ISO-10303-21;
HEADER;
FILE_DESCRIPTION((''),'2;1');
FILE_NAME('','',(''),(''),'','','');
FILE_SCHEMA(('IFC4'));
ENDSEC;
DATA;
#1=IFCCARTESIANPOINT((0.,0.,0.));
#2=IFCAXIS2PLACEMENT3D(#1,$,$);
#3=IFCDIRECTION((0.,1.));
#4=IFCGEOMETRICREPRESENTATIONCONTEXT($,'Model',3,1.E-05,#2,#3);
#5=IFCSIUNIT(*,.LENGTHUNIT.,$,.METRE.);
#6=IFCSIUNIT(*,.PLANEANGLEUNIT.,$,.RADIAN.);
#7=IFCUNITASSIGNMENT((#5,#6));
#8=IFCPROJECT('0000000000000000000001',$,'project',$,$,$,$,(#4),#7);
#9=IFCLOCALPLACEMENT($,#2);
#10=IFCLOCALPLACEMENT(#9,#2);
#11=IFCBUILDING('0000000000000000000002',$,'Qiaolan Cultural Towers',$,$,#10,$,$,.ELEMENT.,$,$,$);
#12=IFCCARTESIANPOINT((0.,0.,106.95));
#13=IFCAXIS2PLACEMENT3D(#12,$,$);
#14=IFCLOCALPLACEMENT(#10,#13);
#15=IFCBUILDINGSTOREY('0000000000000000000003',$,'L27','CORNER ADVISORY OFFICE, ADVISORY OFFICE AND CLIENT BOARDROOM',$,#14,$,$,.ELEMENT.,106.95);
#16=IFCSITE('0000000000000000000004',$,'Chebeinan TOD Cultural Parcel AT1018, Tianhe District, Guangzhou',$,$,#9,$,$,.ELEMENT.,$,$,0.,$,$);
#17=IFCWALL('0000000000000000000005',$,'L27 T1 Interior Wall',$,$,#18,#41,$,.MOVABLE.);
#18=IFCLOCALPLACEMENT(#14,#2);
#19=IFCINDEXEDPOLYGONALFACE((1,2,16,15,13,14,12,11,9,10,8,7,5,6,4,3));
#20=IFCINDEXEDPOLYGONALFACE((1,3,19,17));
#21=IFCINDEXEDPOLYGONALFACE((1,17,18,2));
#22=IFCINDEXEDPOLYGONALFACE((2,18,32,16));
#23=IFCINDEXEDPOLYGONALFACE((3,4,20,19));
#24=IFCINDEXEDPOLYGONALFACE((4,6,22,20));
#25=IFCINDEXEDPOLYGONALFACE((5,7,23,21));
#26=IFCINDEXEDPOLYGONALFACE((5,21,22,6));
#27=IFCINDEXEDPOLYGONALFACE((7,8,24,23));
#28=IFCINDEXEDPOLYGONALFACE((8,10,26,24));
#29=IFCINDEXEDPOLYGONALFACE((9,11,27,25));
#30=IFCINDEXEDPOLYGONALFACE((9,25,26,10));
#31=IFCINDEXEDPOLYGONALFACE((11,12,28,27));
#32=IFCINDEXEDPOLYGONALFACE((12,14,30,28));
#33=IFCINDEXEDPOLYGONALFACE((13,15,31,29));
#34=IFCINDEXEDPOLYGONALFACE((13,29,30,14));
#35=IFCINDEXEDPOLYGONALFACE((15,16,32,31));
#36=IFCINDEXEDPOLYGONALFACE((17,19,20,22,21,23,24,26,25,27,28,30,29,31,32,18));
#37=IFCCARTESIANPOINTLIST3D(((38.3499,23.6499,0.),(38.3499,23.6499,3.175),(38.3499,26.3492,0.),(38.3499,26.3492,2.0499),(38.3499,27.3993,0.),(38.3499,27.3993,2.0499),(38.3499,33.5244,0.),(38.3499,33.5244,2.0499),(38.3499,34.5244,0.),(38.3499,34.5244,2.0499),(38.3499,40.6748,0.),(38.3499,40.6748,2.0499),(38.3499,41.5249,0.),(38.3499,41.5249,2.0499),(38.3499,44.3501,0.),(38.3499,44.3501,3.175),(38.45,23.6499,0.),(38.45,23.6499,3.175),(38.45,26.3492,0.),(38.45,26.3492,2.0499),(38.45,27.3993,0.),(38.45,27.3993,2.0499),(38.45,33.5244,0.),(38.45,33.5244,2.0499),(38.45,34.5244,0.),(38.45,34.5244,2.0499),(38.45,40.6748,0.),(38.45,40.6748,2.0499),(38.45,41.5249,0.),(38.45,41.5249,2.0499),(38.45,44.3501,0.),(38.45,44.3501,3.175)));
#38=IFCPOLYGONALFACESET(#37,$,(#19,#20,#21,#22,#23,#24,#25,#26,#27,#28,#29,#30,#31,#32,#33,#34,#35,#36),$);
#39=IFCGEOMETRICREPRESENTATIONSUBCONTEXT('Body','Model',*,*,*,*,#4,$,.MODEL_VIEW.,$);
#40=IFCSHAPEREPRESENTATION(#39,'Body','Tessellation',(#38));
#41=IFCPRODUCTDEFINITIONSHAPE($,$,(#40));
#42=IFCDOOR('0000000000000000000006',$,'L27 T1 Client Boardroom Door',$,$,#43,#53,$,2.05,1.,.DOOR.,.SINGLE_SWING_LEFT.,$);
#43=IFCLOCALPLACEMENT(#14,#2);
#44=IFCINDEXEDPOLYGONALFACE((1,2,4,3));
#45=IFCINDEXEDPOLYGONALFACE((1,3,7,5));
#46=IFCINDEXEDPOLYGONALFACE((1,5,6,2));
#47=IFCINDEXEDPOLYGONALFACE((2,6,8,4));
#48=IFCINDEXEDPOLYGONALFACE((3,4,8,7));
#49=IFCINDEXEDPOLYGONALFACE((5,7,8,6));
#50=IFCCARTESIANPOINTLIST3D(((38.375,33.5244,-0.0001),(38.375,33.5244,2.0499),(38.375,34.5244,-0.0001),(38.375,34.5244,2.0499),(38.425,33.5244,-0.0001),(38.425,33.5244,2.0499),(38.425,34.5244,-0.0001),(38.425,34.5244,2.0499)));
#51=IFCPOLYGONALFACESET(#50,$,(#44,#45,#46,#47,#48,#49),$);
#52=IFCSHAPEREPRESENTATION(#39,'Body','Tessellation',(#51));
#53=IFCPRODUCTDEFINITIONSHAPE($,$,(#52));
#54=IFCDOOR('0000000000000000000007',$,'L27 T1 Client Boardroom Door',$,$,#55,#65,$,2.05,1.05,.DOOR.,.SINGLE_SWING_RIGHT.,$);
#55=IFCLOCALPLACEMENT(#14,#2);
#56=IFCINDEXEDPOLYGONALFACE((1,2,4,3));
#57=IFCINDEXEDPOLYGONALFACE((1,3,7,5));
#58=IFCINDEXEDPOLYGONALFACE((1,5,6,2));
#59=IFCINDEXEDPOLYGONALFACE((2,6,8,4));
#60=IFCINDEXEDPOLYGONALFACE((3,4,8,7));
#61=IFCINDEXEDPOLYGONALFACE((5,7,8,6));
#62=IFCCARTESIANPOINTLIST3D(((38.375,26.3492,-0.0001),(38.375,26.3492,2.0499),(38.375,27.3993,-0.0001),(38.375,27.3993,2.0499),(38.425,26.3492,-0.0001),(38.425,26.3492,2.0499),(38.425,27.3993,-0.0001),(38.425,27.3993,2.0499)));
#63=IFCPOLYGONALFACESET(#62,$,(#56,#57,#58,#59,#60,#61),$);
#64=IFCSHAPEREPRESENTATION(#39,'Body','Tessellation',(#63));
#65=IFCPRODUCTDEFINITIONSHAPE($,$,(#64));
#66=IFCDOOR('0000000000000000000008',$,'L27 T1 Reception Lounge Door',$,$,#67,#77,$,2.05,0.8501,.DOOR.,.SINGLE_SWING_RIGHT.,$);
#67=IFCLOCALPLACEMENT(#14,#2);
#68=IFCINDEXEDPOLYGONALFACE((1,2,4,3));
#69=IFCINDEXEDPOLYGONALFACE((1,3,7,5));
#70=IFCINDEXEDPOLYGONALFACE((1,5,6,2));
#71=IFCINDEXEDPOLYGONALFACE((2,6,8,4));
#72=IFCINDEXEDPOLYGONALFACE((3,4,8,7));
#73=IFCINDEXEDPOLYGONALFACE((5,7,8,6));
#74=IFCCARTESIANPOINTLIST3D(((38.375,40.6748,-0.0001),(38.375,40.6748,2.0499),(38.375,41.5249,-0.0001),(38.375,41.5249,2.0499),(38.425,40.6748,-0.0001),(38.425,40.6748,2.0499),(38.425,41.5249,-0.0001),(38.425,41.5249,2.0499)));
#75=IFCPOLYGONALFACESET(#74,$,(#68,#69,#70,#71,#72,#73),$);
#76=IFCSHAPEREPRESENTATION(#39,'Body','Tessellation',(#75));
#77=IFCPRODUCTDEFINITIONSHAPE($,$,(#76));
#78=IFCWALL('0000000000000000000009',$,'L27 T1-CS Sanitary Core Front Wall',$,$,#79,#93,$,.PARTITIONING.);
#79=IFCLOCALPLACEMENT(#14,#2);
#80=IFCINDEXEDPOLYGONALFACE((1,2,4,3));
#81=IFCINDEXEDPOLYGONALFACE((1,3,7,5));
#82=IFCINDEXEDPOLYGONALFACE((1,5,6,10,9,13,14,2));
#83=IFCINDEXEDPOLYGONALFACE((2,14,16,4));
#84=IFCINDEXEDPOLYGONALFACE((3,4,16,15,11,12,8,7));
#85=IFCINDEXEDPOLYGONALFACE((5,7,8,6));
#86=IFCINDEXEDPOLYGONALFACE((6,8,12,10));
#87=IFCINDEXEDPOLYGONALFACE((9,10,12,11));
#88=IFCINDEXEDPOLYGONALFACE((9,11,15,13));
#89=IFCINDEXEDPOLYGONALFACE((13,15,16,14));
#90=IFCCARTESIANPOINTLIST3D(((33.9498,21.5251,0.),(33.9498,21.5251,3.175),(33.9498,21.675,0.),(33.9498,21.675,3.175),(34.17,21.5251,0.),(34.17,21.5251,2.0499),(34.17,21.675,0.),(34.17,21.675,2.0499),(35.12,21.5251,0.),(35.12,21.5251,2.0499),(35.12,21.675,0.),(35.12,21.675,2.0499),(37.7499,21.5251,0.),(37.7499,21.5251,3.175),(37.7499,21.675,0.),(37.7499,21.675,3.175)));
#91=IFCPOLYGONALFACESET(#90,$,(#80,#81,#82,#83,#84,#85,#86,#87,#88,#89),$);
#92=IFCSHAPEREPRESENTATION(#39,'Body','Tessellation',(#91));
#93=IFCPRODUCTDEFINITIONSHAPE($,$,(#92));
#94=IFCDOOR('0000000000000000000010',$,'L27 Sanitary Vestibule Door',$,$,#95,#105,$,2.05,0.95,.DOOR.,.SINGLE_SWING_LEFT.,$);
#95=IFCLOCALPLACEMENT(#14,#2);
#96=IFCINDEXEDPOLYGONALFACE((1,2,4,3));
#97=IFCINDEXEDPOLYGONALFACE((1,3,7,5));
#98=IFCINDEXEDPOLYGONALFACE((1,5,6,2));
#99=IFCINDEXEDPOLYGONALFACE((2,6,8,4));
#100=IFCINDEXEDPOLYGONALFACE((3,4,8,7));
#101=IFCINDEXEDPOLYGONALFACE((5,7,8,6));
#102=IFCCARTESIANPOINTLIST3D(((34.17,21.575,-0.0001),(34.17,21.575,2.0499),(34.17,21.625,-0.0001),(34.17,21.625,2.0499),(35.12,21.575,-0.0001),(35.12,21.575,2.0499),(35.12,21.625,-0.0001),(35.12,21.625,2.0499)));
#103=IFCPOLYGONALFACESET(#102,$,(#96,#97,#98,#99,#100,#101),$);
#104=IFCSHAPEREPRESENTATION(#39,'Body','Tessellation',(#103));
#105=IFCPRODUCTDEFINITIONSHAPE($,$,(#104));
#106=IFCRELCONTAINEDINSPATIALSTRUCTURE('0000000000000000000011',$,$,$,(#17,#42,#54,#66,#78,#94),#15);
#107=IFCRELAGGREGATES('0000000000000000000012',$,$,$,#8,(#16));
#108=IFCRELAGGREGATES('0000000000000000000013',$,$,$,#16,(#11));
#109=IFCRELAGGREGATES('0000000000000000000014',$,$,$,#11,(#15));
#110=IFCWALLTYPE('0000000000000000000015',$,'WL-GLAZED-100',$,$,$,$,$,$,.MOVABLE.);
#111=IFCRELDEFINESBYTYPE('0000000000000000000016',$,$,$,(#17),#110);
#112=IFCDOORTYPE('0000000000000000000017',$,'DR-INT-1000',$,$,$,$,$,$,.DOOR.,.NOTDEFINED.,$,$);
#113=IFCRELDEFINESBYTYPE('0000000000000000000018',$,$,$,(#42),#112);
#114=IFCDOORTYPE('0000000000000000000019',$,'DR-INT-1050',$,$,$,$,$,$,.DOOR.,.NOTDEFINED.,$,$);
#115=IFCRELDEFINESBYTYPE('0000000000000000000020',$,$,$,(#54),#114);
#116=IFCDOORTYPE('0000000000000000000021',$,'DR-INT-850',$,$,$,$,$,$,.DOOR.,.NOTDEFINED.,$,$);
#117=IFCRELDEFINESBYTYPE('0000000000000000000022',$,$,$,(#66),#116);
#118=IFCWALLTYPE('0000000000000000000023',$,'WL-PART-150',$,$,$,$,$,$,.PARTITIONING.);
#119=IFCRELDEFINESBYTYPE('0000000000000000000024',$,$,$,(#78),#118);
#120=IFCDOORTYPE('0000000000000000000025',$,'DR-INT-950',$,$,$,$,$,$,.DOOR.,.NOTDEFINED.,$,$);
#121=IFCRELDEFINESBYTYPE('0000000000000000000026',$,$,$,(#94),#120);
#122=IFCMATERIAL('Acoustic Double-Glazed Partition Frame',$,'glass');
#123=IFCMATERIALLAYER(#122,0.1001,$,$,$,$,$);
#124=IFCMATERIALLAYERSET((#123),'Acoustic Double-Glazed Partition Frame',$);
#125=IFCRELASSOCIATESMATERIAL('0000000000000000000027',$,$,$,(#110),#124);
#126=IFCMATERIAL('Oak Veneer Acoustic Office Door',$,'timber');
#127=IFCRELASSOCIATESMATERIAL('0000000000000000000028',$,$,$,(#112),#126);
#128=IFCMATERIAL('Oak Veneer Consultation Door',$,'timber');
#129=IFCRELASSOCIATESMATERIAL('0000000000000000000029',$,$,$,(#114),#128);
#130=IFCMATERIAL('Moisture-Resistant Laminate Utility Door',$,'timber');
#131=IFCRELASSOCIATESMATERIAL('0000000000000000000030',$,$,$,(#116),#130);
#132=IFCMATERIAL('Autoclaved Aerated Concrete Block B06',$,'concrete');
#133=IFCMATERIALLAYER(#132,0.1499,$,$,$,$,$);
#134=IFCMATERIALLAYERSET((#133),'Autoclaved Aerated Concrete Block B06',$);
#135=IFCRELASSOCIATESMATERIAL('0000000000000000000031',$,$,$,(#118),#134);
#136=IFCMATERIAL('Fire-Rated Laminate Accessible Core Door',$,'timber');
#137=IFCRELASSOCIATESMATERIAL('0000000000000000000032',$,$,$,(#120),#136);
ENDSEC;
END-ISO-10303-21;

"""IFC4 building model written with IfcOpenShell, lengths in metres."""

from ifc_helpers import new_model, si_unit, direction, frame, frame_2d, origin, place, context, subcontext, project, spatial, rectangle, extrude, material, layer, layer_set, type_object, element, fill, save


model = new_model("IFC4")

# Units and contexts
model_context = context("Model", 3, precision=1e-05, world=origin(), true_north=direction((0.0, 1.0)))
body_context = subcontext(model_context, "Body", "Model", "MODEL_VIEW")
ifc_project = project(units=[si_unit("LENGTHUNIT", "METRE"), si_unit("PLANEANGLEUNIT", "RADIAN")], contexts=[model_context])

# Site, building, storey
site_placement = place(None, origin())
site = spatial("IfcSite", under=ifc_project, at=site_placement, Name="Chebeinan TOD Cultural Parcel AT1018, Tianhe District, Guangzhou", CompositionType="ELEMENT", RefElevation=0.0)
building_placement = place(site_placement, origin())
building = spatial("IfcBuilding", under=site, at=building_placement, Name="Qiaolan Cultural Towers", CompositionType="ELEMENT")
storey_placement = place(building_placement, frame((0.0, 0.0, 106.95)))
storey = spatial("IfcBuildingStorey", under=building, at=storey_placement, Name="L27", Description="CORNER ADVISORY OFFICE, ADVISORY OFFICE AND CLIENT BOARDROOM", CompositionType="ELEMENT", Elevation=106.95)

# Shared definitions
ifc_material_1 = material(Name="Acoustic Double-Glazed Partition Frame", Category="glass")
ifc_layer_1 = layer(ifc_material_1, 0.1001)
ifc_layer_set_1 = layer_set([ifc_layer_1], Name="Acoustic Double-Glazed Partition Frame")
wall_type_1 = type_object("IfcWallType", Name="WL-GLAZED-100", PredefinedType="MOVABLE", material=ifc_layer_set_1)

# Wall, openings, doors
wall_1_placement = place(storey_placement, frame((38.3999, 23.6499, 0.0), z_axis=(0.0, 0.0, 1.0), x_axis=(0.0, 1.0, 0.0)))
wall_1 = element("IfcWall", 1, at=wall_1_placement, inside=storey, type_object=wall_type_1, Name="L27 T1 Interior Wall", PredefinedType="MOVABLE", context=body_context, shape_type="SweptSolid", body=[
    extrude(rectangle(XDim=20.7002, YDim=0.1001, at=frame_2d((10.3501, 0.0))), origin(), (0.0, 0.0, 1.0), 3.175),
])
opening_1_placement = place(wall_1_placement, frame((2.6995, 0.0, 0.0)))
opening_1 = element("IfcOpeningElement", 2, at=opening_1_placement, cuts=wall_1, PredefinedType="OPENING", context=body_context, shape_type="SweptSolid", body=[
    extrude(rectangle(XDim=1.05, YDim=2.05, at=frame_2d((0.5249, 1.0249))), frame((0.0, 0.0601, 0.0), z_axis=(0.0, -1.0, 0.0), x_axis=(1.0, 0.0, 0.0)), (0.0, 0.0, 1.0), 0.1201),
])
opening_2_placement = place(wall_1_placement, frame((9.8745, 0.0, 0.0)))
opening_2 = element("IfcOpeningElement", 3, at=opening_2_placement, cuts=wall_1, PredefinedType="OPENING", context=body_context, shape_type="SweptSolid", body=[
    extrude(rectangle(XDim=1.0, YDim=2.05, at=frame_2d((0.5, 1.0249))), frame((0.0, 0.0601, 0.0), z_axis=(0.0, -1.0, 0.0), x_axis=(1.0, 0.0, 0.0)), (0.0, 0.0, 1.0), 0.1201),
])
opening_3_placement = place(wall_1_placement, frame((17.0249, 0.0, 0.0)))
opening_3 = element("IfcOpeningElement", 4, at=opening_3_placement, cuts=wall_1, PredefinedType="OPENING", context=body_context, shape_type="SweptSolid", body=[
    extrude(rectangle(XDim=0.8501, YDim=2.05, at=frame_2d((0.425, 1.0249))), frame((0.0, 0.0601, 0.0), z_axis=(0.0, -1.0, 0.0), x_axis=(1.0, 0.0, 0.0)), (0.0, 0.0, 1.0), 0.1201),
])
ifc_material_2 = material(Name="Oak Veneer Acoustic Office Door", Category="timber")
door_type_1 = type_object("IfcDoorType", Name="DR-INT-1000", OperationType="NOTDEFINED", PredefinedType="DOOR", material=ifc_material_2)
door_1_placement = place(opening_2_placement, origin())
door_1 = element("IfcDoor", 5, at=door_1_placement, inside=storey, type_object=door_type_1, Name="L27 T1 Client Boardroom Door", OperationType="SINGLE_SWING_LEFT", OverallHeight=2.05, OverallWidth=1.0, PredefinedType="DOOR", context=body_context, shape_type="SweptSolid", body=[
    extrude(rectangle(XDim=1.0, YDim=2.05, at=frame_2d((0.5, 1.0249))), frame((0.0, 0.0249, 0.0), z_axis=(0.0, -1.0, 0.0), x_axis=(1.0, 0.0, 0.0)), (0.0, 0.0, 1.0), 0.05),
])
fill(opening_2, door_1)
ifc_material_3 = material(Name="Oak Veneer Consultation Door", Category="timber")
door_type_2 = type_object("IfcDoorType", Name="DR-INT-1050", OperationType="NOTDEFINED", PredefinedType="DOOR", material=ifc_material_3)
door_2_placement = place(opening_1_placement, origin())
door_2 = element("IfcDoor", 6, at=door_2_placement, inside=storey, type_object=door_type_2, Name="L27 T1 Client Boardroom Door", OperationType="SINGLE_SWING_RIGHT", OverallHeight=2.05, OverallWidth=1.05, PredefinedType="DOOR", context=body_context, shape_type="SweptSolid", body=[
    extrude(rectangle(XDim=1.05, YDim=2.05, at=frame_2d((0.5249, 1.0249))), frame((0.0, 0.0249, 0.0), z_axis=(0.0, -1.0, 0.0), x_axis=(1.0, 0.0, 0.0)), (0.0, 0.0, 1.0), 0.05),
])
fill(opening_1, door_2)
ifc_material_4 = material(Name="Moisture-Resistant Laminate Utility Door", Category="timber")
door_type_3 = type_object("IfcDoorType", Name="DR-INT-850", OperationType="NOTDEFINED", PredefinedType="DOOR", material=ifc_material_4)
door_3_placement = place(opening_3_placement, origin())
door_3 = element("IfcDoor", 7, at=door_3_placement, inside=storey, type_object=door_type_3, Name="L27 T1 Reception Lounge Door", OperationType="SINGLE_SWING_RIGHT", OverallHeight=2.05, OverallWidth=0.8501, PredefinedType="DOOR", context=body_context, shape_type="SweptSolid", body=[
    extrude(rectangle(XDim=0.8501, YDim=2.05, at=frame_2d((0.425, 1.0249))), frame((0.0, 0.0249, 0.0), z_axis=(0.0, -1.0, 0.0), x_axis=(1.0, 0.0, 0.0)), (0.0, 0.0, 1.0), 0.05),
])
fill(opening_3, door_3)

# Wall, opening, door
ifc_material_5 = material(Name="Autoclaved Aerated Concrete Block B06", Category="concrete")
ifc_layer_2 = layer(ifc_material_5, 0.1499)
ifc_layer_set_2 = layer_set([ifc_layer_2], Name="Autoclaved Aerated Concrete Block B06")
wall_type_2 = type_object("IfcWallType", Name="WL-PART-150", PredefinedType="PARTITIONING", material=ifc_layer_set_2)
wall_2_placement = place(storey_placement, frame((33.95, 21.6001, 0.0), z_axis=(0.0, 0.0, 1.0), x_axis=(1.0, 0.0, 0.0)))
wall_2 = element("IfcWall", 8, at=wall_2_placement, inside=storey, type_object=wall_type_2, Name="L27 T1-CS Sanitary Core Front Wall", PredefinedType="PARTITIONING", context=body_context, shape_type="SweptSolid", body=[
    extrude(rectangle(XDim=3.8, YDim=0.1499, at=frame_2d((1.8999, 0.0))), origin(), (0.0, 0.0, 1.0), 3.175),
])
opening_4_placement = place(wall_2_placement, frame((0.22, 0.0, 0.0)))
opening_4 = element("IfcOpeningElement", 9, at=opening_4_placement, cuts=wall_2, PredefinedType="OPENING", context=body_context, shape_type="SweptSolid", body=[
    extrude(rectangle(XDim=0.95, YDim=2.05, at=frame_2d((0.4751, 1.0249))), frame((0.0, 0.085, 0.0), z_axis=(0.0, -1.0, 0.0), x_axis=(1.0, 0.0, 0.0)), (0.0, 0.0, 1.0), 0.1699),
])
ifc_material_6 = material(Name="Fire-Rated Laminate Accessible Core Door", Category="timber")
door_type_4 = type_object("IfcDoorType", Name="DR-INT-950", OperationType="NOTDEFINED", PredefinedType="DOOR", material=ifc_material_6)
door_4_placement = place(opening_4_placement, origin())
door_4 = element("IfcDoor", 10, at=door_4_placement, inside=storey, type_object=door_type_4, Name="L27 Sanitary Vestibule Door", OperationType="SINGLE_SWING_LEFT", OverallHeight=2.05, OverallWidth=0.95, PredefinedType="DOOR", context=body_context, shape_type="SweptSolid", body=[
    extrude(rectangle(XDim=0.95, YDim=2.05, at=frame_2d((0.4751, 1.0249))), frame((0.0, 0.0249, 0.0), z_axis=(0.0, -1.0, 0.0), x_axis=(1.0, 0.0, 0.0)), (0.0, 0.0, 1.0), 0.05),
])
fill(opening_4, door_4)

save(model, "model.ifc")
